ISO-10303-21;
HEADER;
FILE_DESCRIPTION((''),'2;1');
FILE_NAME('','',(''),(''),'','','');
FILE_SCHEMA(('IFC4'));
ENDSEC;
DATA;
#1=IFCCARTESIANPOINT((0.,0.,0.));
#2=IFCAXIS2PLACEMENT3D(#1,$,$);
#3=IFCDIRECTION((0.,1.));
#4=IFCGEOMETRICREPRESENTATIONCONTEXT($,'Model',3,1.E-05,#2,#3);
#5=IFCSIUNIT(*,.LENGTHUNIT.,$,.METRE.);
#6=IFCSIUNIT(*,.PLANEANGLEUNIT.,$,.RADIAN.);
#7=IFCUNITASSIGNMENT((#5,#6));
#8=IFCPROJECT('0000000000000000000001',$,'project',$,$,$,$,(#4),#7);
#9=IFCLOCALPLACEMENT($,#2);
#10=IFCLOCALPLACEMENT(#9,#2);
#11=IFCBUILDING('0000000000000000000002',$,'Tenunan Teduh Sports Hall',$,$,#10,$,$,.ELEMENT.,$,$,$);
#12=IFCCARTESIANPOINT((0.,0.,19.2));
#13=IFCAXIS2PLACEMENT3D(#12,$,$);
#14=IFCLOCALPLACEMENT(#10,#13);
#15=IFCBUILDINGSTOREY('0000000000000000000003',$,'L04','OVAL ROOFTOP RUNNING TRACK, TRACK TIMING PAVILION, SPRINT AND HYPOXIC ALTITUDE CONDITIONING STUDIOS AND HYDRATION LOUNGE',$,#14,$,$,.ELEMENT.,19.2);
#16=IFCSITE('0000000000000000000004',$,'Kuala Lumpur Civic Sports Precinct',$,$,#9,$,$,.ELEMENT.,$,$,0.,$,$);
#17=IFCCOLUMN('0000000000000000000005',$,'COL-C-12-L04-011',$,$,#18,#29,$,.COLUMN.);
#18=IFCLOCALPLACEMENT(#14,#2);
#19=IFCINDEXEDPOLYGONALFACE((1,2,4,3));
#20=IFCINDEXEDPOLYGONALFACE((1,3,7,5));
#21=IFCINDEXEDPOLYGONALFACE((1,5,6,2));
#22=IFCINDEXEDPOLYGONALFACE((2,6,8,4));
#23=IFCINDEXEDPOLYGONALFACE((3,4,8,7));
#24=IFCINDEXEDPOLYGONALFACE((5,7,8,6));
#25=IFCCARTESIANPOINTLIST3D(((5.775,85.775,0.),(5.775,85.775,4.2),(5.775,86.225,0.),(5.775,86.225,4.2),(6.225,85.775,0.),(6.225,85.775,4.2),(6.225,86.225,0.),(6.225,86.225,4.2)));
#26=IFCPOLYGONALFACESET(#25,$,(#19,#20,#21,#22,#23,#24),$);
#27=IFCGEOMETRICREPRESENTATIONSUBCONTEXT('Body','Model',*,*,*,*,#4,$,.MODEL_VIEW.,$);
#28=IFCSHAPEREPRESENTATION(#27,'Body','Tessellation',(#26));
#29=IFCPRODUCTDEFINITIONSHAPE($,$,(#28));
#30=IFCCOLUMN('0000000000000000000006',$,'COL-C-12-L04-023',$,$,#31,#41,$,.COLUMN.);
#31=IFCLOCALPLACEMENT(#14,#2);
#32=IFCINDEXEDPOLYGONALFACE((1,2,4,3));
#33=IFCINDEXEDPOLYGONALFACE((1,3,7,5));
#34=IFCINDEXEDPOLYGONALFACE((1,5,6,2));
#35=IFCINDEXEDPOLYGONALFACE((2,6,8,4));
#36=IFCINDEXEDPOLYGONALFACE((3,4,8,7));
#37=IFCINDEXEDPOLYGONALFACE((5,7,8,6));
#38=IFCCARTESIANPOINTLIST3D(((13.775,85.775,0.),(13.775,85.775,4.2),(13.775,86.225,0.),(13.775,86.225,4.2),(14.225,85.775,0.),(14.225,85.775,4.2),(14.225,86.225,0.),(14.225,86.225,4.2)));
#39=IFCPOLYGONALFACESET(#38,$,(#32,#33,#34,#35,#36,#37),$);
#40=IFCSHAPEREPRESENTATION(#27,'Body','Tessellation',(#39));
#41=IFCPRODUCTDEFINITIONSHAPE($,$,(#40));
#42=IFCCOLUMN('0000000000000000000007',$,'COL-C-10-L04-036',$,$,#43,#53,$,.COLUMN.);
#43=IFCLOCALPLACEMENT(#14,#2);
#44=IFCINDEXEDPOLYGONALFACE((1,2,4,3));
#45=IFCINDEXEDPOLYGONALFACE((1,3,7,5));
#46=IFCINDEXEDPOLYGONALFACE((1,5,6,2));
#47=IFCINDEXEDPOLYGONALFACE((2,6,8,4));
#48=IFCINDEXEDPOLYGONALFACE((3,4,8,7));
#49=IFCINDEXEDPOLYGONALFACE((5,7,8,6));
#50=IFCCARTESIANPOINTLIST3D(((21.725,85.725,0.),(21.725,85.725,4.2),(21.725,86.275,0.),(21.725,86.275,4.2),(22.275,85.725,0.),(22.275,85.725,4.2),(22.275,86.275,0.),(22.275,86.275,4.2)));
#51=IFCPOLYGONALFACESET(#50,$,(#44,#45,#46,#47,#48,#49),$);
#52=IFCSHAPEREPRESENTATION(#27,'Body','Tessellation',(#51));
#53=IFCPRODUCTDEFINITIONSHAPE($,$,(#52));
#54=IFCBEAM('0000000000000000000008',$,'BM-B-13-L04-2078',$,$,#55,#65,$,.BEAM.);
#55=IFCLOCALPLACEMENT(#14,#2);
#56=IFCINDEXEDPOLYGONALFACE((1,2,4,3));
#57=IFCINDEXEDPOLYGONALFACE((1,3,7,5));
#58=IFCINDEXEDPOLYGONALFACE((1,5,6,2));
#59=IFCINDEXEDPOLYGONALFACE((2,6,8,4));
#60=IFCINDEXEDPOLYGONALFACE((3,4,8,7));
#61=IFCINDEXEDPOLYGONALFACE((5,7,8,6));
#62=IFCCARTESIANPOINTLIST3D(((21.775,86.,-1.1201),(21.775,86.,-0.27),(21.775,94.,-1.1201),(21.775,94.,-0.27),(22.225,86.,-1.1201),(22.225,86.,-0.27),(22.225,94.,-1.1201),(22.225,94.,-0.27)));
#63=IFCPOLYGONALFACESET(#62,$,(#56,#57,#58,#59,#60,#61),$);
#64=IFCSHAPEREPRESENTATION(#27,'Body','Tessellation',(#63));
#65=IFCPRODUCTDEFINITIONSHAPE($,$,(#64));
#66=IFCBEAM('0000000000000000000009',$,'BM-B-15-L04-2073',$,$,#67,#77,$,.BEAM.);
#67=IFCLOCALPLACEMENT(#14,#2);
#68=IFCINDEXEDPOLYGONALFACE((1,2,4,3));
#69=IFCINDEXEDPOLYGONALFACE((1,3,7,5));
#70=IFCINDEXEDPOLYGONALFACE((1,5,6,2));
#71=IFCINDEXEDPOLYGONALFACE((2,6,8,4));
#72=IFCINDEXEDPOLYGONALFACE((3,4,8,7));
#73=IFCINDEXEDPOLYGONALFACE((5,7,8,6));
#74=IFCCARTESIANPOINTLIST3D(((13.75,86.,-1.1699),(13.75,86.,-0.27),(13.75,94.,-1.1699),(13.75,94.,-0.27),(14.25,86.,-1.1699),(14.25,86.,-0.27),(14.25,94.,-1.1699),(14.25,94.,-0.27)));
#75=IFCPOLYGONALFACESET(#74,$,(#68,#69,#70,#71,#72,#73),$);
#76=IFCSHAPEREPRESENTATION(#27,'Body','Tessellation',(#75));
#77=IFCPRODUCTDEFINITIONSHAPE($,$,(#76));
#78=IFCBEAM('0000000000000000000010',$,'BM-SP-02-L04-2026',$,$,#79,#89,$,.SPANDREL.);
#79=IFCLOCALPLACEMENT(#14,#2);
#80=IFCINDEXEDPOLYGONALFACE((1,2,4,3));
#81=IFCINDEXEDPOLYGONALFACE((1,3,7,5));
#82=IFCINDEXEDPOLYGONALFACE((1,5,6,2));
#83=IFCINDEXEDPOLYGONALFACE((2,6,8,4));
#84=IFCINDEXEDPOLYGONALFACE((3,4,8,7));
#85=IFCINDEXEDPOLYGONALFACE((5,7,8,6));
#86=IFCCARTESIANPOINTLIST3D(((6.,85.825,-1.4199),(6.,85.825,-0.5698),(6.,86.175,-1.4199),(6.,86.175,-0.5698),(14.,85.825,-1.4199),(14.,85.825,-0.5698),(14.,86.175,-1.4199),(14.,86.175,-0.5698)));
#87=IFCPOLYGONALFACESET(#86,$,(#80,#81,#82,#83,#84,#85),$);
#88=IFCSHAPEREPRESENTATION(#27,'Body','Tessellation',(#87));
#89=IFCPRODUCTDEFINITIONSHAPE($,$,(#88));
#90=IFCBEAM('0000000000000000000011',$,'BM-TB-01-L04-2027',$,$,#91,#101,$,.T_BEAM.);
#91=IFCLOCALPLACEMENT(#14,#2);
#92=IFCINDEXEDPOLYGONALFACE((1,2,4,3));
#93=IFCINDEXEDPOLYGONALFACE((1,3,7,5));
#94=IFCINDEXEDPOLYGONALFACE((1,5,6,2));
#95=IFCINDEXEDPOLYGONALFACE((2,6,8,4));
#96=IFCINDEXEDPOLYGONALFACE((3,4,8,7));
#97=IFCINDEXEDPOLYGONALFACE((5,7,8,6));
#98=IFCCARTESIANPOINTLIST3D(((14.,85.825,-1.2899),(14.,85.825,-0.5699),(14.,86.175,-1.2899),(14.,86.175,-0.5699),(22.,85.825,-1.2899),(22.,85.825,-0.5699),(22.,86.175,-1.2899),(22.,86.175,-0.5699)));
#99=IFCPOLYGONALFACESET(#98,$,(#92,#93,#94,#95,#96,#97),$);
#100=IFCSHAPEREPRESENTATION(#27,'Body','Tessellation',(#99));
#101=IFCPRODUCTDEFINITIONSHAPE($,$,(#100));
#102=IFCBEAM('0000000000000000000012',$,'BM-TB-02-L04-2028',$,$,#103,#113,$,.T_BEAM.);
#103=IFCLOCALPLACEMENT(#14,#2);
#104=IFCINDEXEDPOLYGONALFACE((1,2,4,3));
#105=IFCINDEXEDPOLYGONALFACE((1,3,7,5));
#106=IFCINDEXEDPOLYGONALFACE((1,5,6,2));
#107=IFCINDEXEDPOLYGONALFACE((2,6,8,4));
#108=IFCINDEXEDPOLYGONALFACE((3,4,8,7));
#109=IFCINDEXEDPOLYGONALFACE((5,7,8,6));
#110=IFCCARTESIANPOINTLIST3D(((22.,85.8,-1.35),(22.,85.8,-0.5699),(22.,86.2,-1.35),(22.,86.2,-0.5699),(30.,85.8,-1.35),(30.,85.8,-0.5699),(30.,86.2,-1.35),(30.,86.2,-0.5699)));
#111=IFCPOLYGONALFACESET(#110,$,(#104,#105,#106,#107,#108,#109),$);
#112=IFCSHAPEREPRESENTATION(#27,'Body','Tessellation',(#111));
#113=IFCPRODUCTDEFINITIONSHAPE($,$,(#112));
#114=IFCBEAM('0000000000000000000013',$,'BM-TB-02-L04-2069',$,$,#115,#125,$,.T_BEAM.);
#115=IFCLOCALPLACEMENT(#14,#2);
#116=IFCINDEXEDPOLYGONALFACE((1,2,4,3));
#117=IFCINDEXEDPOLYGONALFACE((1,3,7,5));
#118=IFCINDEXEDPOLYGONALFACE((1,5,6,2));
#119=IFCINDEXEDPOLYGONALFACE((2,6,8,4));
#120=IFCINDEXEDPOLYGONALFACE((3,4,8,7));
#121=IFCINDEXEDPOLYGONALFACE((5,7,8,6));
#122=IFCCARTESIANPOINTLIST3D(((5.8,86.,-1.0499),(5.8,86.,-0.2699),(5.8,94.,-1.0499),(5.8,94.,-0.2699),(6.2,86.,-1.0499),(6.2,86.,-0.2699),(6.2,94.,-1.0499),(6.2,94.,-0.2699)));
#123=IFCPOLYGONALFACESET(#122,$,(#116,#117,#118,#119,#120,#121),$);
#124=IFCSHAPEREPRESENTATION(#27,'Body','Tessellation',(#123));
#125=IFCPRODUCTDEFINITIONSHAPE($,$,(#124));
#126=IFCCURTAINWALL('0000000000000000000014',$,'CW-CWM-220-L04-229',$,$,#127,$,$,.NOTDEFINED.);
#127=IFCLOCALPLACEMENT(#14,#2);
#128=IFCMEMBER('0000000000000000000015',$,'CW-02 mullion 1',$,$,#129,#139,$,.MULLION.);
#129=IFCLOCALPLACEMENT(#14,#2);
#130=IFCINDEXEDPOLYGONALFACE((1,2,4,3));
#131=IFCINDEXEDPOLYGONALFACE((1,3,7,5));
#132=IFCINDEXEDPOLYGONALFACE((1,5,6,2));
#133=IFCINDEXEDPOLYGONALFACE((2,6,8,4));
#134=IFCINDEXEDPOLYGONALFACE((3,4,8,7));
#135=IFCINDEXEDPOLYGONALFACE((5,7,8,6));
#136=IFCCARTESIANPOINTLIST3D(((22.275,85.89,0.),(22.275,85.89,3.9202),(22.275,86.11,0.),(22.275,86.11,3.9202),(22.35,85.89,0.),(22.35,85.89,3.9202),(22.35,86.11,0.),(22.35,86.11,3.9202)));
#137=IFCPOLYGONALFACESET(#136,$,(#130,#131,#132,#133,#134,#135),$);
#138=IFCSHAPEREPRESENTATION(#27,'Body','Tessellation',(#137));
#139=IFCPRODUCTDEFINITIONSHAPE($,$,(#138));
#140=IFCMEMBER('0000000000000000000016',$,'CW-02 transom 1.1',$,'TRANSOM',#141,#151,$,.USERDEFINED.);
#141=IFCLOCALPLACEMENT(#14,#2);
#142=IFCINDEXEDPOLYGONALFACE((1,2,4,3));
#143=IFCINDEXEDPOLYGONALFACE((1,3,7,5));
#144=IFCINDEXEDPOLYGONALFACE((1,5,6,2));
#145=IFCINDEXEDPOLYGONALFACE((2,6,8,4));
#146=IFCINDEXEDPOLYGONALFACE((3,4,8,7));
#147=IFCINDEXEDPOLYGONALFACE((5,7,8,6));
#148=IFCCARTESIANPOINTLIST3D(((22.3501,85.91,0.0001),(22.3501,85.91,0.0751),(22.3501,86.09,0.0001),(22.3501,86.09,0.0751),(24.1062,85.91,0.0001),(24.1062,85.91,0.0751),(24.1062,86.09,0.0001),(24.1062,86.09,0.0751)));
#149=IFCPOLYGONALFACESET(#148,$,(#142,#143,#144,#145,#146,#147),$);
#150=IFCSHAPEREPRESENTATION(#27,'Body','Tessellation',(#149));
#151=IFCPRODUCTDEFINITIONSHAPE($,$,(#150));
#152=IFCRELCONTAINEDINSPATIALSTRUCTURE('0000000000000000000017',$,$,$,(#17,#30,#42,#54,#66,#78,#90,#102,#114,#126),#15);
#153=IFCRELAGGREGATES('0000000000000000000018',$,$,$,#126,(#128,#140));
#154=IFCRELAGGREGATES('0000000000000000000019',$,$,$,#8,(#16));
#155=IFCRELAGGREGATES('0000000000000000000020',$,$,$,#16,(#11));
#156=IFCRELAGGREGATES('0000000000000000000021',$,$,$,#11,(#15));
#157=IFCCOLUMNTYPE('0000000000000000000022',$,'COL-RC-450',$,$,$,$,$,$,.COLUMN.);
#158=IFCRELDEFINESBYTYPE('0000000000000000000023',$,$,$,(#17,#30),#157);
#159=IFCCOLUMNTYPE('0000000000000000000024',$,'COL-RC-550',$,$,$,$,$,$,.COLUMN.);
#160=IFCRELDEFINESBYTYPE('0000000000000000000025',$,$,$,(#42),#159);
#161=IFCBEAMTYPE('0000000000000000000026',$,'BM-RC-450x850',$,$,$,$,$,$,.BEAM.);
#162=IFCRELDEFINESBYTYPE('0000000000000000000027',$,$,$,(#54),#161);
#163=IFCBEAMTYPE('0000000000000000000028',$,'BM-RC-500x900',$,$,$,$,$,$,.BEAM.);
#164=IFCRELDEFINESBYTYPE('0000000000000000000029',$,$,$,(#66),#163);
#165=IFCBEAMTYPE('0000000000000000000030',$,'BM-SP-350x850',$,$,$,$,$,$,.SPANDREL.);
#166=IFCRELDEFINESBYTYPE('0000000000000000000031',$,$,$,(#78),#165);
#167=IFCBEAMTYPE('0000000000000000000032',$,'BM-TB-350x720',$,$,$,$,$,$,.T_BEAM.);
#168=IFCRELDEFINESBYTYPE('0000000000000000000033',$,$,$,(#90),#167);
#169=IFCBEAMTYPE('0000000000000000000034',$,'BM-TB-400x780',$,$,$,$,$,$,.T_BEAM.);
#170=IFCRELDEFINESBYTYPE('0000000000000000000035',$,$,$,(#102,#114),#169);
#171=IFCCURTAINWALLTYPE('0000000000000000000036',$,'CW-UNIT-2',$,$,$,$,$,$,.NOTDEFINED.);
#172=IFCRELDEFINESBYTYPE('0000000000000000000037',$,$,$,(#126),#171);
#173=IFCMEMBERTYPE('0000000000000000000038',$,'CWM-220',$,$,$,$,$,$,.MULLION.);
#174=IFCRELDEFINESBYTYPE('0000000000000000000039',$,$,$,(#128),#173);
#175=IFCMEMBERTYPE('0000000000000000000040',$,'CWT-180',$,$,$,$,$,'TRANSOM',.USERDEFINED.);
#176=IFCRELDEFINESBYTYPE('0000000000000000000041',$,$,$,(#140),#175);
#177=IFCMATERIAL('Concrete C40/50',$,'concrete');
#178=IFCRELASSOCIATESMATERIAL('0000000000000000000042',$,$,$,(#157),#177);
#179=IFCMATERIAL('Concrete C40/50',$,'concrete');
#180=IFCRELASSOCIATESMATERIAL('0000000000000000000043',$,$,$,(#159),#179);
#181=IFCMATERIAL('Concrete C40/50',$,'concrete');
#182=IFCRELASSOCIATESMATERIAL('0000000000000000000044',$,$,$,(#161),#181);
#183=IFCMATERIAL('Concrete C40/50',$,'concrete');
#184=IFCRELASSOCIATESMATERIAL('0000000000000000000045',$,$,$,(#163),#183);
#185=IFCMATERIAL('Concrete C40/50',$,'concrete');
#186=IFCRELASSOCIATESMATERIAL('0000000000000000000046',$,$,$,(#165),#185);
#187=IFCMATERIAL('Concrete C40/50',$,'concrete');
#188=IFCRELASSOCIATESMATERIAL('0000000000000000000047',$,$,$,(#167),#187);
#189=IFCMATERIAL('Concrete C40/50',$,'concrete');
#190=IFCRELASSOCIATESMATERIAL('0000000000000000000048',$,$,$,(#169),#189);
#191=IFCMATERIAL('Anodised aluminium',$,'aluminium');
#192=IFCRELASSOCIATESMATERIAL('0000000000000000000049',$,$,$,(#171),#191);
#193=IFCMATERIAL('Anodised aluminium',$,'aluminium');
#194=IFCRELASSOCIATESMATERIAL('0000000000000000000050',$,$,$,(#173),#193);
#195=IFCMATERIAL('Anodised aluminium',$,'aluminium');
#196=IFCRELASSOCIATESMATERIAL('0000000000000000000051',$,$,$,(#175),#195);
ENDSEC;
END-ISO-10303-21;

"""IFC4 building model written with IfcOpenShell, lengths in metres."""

from ifc_helpers import new_model, si_unit, direction, frame, origin, origin_2d, place, context, subcontext, project, spatial, rectangle, extrude, material, material_profile, profile_set, type_object, element, aggregate, save


model = new_model("IFC4")

# Units and contexts
model_context = context("Model", 3, precision=1e-05, world=origin(), true_north=direction((0.0, 1.0)))
body_context = subcontext(model_context, "Body", "Model", "MODEL_VIEW")
ifc_project = project(units=[si_unit("LENGTHUNIT", "METRE"), si_unit("PLANEANGLEUNIT", "RADIAN")], contexts=[model_context])

# Site, building, storey
site_placement = place(None, origin())
site = spatial("IfcSite", under=ifc_project, at=site_placement, Name="Kuala Lumpur Civic Sports Precinct", CompositionType="ELEMENT", RefElevation=0.0)
building_placement = place(site_placement, origin())
building = spatial("IfcBuilding", under=site, at=building_placement, Name="Tenunan Teduh Sports Hall", CompositionType="ELEMENT")
storey_placement = place(building_placement, frame((0.0, 0.0, 19.2)))
storey = spatial("IfcBuildingStorey", under=building, at=storey_placement, Name="L04", Description="OVAL ROOFTOP RUNNING TRACK, TRACK TIMING PAVILION, SPRINT AND HYPOXIC ALTITUDE CONDITIONING STUDIOS AND HYDRATION LOUNGE", CompositionType="ELEMENT", Elevation=19.2)

# Columns
ifc_material_1 = material(Name="Concrete C40/50", Category="concrete")
ifc_material_profile_1 = material_profile(ifc_material_1, rectangle(XDim=0.45, YDim=0.45, at=origin_2d()), Name="RC 450x450")
ifc_profile_set_1 = profile_set([ifc_material_profile_1], Name="Concrete C40/50")
column_type_1 = type_object("IfcColumnType", Name="COL-RC-450", PredefinedType="COLUMN", material=ifc_profile_set_1)
for number, where, z_axis, x_axis, name in (
    (1, (6.0, 86.0, 0.0), (0.0, 0.0, 1.0), (1.0, 0.0, 0.0), "COL-C-12-L04-011"),
    (2, (14.0, 86.0, 0.0), (0.0, 0.0, 1.0), (1.0, 0.0, 0.0), "COL-C-12-L04-023"),
):
    element("IfcColumn", number, at=place(storey_placement, frame(where, z_axis=z_axis, x_axis=x_axis)), inside=storey, type_object=column_type_1, Name=name, PredefinedType="COLUMN", context=body_context, shape_type="SweptSolid", body=[
        extrude(rectangle(XDim=0.45, YDim=0.45, at=origin_2d()), origin(), (0.0, 0.0, 1.0), 4.2),
    ])
ifc_material_2 = material(Name="Concrete C40/50", Category="concrete")
ifc_material_profile_2 = material_profile(ifc_material_2, rectangle(XDim=0.55, YDim=0.55, at=origin_2d()), Name="RC 550x550")
ifc_profile_set_2 = profile_set([ifc_material_profile_2], Name="Concrete C40/50")
column_type_2 = type_object("IfcColumnType", Name="COL-RC-550", PredefinedType="COLUMN", material=ifc_profile_set_2)
column_placement = place(storey_placement, frame((22.0, 86.0, 0.0), z_axis=(0.0, 0.0, 1.0), x_axis=(1.0, 0.0, 0.0)))
element("IfcColumn", 3, at=column_placement, inside=storey, type_object=column_type_2, Name="COL-C-10-L04-036", PredefinedType="COLUMN", context=body_context, shape_type="SweptSolid", body=[
    extrude(rectangle(XDim=0.55, YDim=0.55, at=origin_2d()), origin(), (0.0, 0.0, 1.0), 4.2),
])

# Beams
ifc_material_3 = material(Name="Concrete C40/50", Category="concrete")
ifc_material_profile_3 = material_profile(ifc_material_3, rectangle(XDim=0.45, YDim=0.8501, at=origin_2d()), Name="RCB 450x850")
ifc_profile_set_3 = profile_set([ifc_material_profile_3], Name="Concrete C40/50")
beam_type_1 = type_object("IfcBeamType", Name="BM-RC-450x850", PredefinedType="BEAM", material=ifc_profile_set_3)
beam_1_placement = place(storey_placement, frame((22.0, 86.0, -0.6951), z_axis=(0.0, 1.0, 0.0), x_axis=(-1.0, 0.0, 0.0)))
element("IfcBeam", 4, at=beam_1_placement, inside=storey, type_object=beam_type_1, Name="BM-B-13-L04-2078", PredefinedType="BEAM", context=body_context, shape_type="SweptSolid", body=[
    extrude(rectangle(XDim=0.45, YDim=0.8501, at=origin_2d()), origin(), (0.0, 0.0, 1.0), 8.0),
])
ifc_material_4 = material(Name="Concrete C40/50", Category="concrete")
ifc_material_profile_4 = material_profile(ifc_material_4, rectangle(XDim=0.5, YDim=0.8999, at=origin_2d()), Name="RCB 500x900")
ifc_profile_set_4 = profile_set([ifc_material_profile_4], Name="Concrete C40/50")
beam_type_2 = type_object("IfcBeamType", Name="BM-RC-500x900", PredefinedType="BEAM", material=ifc_profile_set_4)
beam_2_placement = place(storey_placement, frame((14.0, 86.0, -0.72), z_axis=(0.0, 1.0, 0.0), x_axis=(-1.0, 0.0, 0.0)))
element("IfcBeam", 5, at=beam_2_placement, inside=storey, type_object=beam_type_2, Name="BM-B-15-L04-2073", PredefinedType="BEAM", context=body_context, shape_type="SweptSolid", body=[
    extrude(rectangle(XDim=0.5, YDim=0.8999, at=origin_2d()), origin(), (0.0, 0.0, 1.0), 8.0),
])
ifc_material_5 = material(Name="Concrete C40/50", Category="concrete")
ifc_material_profile_5 = material_profile(ifc_material_5, rectangle(XDim=0.3501, YDim=0.8501, at=origin_2d()), Name="SPB 350x850")
ifc_profile_set_5 = profile_set([ifc_material_profile_5], Name="Concrete C40/50")
beam_type_3 = type_object("IfcBeamType", Name="BM-SP-350x850", PredefinedType="SPANDREL", material=ifc_profile_set_5)
beam_3_placement = place(storey_placement, frame((6.0, 86.0, -0.9949), z_axis=(1.0, 0.0, 0.0), x_axis=(0.0, 1.0, 0.0)))
element("IfcBeam", 6, at=beam_3_placement, inside=storey, type_object=beam_type_3, Name="BM-SP-02-L04-2026", PredefinedType="SPANDREL", context=body_context, shape_type="SweptSolid", body=[
    extrude(rectangle(XDim=0.3501, YDim=0.8501, at=origin_2d()), origin(), (0.0, 0.0, 1.0), 8.0),
])
ifc_material_6 = material(Name="Concrete C40/50", Category="concrete")
ifc_material_profile_6 = material_profile(ifc_material_6, rectangle(XDim=0.3501, YDim=0.72, at=origin_2d()), Name="TB 350x720")
ifc_profile_set_6 = profile_set([ifc_material_profile_6], Name="Concrete C40/50")
beam_type_4 = type_object("IfcBeamType", Name="BM-TB-350x720", PredefinedType="T_BEAM", material=ifc_profile_set_6)
beam_4_placement = place(storey_placement, frame((14.0, 86.0, -0.9299), z_axis=(1.0, 0.0, 0.0), x_axis=(0.0, 1.0, 0.0)))
element("IfcBeam", 7, at=beam_4_placement, inside=storey, type_object=beam_type_4, Name="BM-TB-01-L04-2027", PredefinedType="T_BEAM", context=body_context, shape_type="SweptSolid", body=[
    extrude(rectangle(XDim=0.3501, YDim=0.72, at=origin_2d()), origin(), (0.0, 0.0, 1.0), 8.0),
])
ifc_material_7 = material(Name="Concrete C40/50", Category="concrete")
ifc_material_profile_7 = material_profile(ifc_material_7, rectangle(XDim=0.3999, YDim=0.78, at=origin_2d()), Name="TB 400x780")
ifc_profile_set_7 = profile_set([ifc_material_profile_7], Name="Concrete C40/50")
beam_type_5 = type_object("IfcBeamType", Name="BM-TB-400x780", PredefinedType="T_BEAM", material=ifc_profile_set_7)
for number, where, z_axis, x_axis, name in (
    (8, (22.0, 86.0, -0.96), (1.0, 0.0, 0.0), (0.0, 1.0, 0.0), "BM-TB-02-L04-2028"),
    (9, (6.0, 86.0, -0.6599), (0.0, 1.0, 0.0), (-1.0, 0.0, 0.0), "BM-TB-02-L04-2069"),
):
    element("IfcBeam", number, at=place(storey_placement, frame(where, z_axis=z_axis, x_axis=x_axis)), inside=storey, type_object=beam_type_5, Name=name, PredefinedType="T_BEAM", context=body_context, shape_type="SweptSolid", body=[
        extrude(rectangle(XDim=0.3999, YDim=0.78, at=origin_2d()), origin(), (0.0, 0.0, 1.0), 8.0),
    ])

# Curtain wall, members
ifc_material_8 = material(Name="Anodised aluminium", Category="aluminium")
curtain_wall_type = type_object("IfcCurtainWallType", Name="CW-UNIT-2", PredefinedType="NOTDEFINED", material=ifc_material_8)
curtain_wall_placement = place(storey_placement, origin())
curtain_wall = element("IfcCurtainWall", 10, at=curtain_wall_placement, inside=storey, type_object=curtain_wall_type, Name="CW-CWM-220-L04-229", PredefinedType="NOTDEFINED")
ifc_material_9 = material(Name="Anodised aluminium", Category="aluminium")
ifc_material_profile_8 = material_profile(ifc_material_9, rectangle(XDim=0.075, YDim=0.22, at=origin_2d()), Name="CWM 75x220")
ifc_profile_set_8 = profile_set([ifc_material_profile_8], Name="Anodised aluminium")
member_type_1 = type_object("IfcMemberType", Name="CWM-220", PredefinedType="MULLION", material=ifc_profile_set_8)
member_1_placement = place(storey_placement, frame((22.3125, 86.0, 0.0), z_axis=(0.0, 0.0, 1.0), x_axis=(1.0, 0.0, 0.0)))
member_1 = element("IfcMember", 11, at=member_1_placement, type_object=member_type_1, Name="CW-02 mullion 1", PredefinedType="MULLION", context=body_context, shape_type="SweptSolid", body=[
    extrude(rectangle(XDim=0.075, YDim=0.22, at=origin_2d()), origin(), (0.0, 0.0, 1.0), 3.9202),
])
ifc_material_10 = material(Name="Anodised aluminium", Category="aluminium")
ifc_material_profile_9 = material_profile(ifc_material_10, rectangle(XDim=0.075, YDim=0.1799, at=origin_2d()), Name="CWT 75x180")
ifc_profile_set_9 = profile_set([ifc_material_profile_9], Name="Anodised aluminium")
member_type_2 = type_object("IfcMemberType", Name="CWT-180", ElementType="TRANSOM", PredefinedType="USERDEFINED", material=ifc_profile_set_9)
member_2_placement = place(storey_placement, frame((22.3501, 86.0, 0.0376), z_axis=(1.0, 0.0, 0.0), x_axis=(0.0, 0.0, 1.0)))
member_2 = element("IfcMember", 12, at=member_2_placement, type_object=member_type_2, Name="CW-02 transom 1.1", ObjectType="TRANSOM", PredefinedType="USERDEFINED", context=body_context, shape_type="SweptSolid", body=[
    extrude(rectangle(XDim=0.075, YDim=0.1799, at=origin_2d()), origin(), (0.0, 0.0, 1.0), 1.7561),
])
aggregate(curtain_wall, [member_1, member_2])

save(model, "model.ifc")
